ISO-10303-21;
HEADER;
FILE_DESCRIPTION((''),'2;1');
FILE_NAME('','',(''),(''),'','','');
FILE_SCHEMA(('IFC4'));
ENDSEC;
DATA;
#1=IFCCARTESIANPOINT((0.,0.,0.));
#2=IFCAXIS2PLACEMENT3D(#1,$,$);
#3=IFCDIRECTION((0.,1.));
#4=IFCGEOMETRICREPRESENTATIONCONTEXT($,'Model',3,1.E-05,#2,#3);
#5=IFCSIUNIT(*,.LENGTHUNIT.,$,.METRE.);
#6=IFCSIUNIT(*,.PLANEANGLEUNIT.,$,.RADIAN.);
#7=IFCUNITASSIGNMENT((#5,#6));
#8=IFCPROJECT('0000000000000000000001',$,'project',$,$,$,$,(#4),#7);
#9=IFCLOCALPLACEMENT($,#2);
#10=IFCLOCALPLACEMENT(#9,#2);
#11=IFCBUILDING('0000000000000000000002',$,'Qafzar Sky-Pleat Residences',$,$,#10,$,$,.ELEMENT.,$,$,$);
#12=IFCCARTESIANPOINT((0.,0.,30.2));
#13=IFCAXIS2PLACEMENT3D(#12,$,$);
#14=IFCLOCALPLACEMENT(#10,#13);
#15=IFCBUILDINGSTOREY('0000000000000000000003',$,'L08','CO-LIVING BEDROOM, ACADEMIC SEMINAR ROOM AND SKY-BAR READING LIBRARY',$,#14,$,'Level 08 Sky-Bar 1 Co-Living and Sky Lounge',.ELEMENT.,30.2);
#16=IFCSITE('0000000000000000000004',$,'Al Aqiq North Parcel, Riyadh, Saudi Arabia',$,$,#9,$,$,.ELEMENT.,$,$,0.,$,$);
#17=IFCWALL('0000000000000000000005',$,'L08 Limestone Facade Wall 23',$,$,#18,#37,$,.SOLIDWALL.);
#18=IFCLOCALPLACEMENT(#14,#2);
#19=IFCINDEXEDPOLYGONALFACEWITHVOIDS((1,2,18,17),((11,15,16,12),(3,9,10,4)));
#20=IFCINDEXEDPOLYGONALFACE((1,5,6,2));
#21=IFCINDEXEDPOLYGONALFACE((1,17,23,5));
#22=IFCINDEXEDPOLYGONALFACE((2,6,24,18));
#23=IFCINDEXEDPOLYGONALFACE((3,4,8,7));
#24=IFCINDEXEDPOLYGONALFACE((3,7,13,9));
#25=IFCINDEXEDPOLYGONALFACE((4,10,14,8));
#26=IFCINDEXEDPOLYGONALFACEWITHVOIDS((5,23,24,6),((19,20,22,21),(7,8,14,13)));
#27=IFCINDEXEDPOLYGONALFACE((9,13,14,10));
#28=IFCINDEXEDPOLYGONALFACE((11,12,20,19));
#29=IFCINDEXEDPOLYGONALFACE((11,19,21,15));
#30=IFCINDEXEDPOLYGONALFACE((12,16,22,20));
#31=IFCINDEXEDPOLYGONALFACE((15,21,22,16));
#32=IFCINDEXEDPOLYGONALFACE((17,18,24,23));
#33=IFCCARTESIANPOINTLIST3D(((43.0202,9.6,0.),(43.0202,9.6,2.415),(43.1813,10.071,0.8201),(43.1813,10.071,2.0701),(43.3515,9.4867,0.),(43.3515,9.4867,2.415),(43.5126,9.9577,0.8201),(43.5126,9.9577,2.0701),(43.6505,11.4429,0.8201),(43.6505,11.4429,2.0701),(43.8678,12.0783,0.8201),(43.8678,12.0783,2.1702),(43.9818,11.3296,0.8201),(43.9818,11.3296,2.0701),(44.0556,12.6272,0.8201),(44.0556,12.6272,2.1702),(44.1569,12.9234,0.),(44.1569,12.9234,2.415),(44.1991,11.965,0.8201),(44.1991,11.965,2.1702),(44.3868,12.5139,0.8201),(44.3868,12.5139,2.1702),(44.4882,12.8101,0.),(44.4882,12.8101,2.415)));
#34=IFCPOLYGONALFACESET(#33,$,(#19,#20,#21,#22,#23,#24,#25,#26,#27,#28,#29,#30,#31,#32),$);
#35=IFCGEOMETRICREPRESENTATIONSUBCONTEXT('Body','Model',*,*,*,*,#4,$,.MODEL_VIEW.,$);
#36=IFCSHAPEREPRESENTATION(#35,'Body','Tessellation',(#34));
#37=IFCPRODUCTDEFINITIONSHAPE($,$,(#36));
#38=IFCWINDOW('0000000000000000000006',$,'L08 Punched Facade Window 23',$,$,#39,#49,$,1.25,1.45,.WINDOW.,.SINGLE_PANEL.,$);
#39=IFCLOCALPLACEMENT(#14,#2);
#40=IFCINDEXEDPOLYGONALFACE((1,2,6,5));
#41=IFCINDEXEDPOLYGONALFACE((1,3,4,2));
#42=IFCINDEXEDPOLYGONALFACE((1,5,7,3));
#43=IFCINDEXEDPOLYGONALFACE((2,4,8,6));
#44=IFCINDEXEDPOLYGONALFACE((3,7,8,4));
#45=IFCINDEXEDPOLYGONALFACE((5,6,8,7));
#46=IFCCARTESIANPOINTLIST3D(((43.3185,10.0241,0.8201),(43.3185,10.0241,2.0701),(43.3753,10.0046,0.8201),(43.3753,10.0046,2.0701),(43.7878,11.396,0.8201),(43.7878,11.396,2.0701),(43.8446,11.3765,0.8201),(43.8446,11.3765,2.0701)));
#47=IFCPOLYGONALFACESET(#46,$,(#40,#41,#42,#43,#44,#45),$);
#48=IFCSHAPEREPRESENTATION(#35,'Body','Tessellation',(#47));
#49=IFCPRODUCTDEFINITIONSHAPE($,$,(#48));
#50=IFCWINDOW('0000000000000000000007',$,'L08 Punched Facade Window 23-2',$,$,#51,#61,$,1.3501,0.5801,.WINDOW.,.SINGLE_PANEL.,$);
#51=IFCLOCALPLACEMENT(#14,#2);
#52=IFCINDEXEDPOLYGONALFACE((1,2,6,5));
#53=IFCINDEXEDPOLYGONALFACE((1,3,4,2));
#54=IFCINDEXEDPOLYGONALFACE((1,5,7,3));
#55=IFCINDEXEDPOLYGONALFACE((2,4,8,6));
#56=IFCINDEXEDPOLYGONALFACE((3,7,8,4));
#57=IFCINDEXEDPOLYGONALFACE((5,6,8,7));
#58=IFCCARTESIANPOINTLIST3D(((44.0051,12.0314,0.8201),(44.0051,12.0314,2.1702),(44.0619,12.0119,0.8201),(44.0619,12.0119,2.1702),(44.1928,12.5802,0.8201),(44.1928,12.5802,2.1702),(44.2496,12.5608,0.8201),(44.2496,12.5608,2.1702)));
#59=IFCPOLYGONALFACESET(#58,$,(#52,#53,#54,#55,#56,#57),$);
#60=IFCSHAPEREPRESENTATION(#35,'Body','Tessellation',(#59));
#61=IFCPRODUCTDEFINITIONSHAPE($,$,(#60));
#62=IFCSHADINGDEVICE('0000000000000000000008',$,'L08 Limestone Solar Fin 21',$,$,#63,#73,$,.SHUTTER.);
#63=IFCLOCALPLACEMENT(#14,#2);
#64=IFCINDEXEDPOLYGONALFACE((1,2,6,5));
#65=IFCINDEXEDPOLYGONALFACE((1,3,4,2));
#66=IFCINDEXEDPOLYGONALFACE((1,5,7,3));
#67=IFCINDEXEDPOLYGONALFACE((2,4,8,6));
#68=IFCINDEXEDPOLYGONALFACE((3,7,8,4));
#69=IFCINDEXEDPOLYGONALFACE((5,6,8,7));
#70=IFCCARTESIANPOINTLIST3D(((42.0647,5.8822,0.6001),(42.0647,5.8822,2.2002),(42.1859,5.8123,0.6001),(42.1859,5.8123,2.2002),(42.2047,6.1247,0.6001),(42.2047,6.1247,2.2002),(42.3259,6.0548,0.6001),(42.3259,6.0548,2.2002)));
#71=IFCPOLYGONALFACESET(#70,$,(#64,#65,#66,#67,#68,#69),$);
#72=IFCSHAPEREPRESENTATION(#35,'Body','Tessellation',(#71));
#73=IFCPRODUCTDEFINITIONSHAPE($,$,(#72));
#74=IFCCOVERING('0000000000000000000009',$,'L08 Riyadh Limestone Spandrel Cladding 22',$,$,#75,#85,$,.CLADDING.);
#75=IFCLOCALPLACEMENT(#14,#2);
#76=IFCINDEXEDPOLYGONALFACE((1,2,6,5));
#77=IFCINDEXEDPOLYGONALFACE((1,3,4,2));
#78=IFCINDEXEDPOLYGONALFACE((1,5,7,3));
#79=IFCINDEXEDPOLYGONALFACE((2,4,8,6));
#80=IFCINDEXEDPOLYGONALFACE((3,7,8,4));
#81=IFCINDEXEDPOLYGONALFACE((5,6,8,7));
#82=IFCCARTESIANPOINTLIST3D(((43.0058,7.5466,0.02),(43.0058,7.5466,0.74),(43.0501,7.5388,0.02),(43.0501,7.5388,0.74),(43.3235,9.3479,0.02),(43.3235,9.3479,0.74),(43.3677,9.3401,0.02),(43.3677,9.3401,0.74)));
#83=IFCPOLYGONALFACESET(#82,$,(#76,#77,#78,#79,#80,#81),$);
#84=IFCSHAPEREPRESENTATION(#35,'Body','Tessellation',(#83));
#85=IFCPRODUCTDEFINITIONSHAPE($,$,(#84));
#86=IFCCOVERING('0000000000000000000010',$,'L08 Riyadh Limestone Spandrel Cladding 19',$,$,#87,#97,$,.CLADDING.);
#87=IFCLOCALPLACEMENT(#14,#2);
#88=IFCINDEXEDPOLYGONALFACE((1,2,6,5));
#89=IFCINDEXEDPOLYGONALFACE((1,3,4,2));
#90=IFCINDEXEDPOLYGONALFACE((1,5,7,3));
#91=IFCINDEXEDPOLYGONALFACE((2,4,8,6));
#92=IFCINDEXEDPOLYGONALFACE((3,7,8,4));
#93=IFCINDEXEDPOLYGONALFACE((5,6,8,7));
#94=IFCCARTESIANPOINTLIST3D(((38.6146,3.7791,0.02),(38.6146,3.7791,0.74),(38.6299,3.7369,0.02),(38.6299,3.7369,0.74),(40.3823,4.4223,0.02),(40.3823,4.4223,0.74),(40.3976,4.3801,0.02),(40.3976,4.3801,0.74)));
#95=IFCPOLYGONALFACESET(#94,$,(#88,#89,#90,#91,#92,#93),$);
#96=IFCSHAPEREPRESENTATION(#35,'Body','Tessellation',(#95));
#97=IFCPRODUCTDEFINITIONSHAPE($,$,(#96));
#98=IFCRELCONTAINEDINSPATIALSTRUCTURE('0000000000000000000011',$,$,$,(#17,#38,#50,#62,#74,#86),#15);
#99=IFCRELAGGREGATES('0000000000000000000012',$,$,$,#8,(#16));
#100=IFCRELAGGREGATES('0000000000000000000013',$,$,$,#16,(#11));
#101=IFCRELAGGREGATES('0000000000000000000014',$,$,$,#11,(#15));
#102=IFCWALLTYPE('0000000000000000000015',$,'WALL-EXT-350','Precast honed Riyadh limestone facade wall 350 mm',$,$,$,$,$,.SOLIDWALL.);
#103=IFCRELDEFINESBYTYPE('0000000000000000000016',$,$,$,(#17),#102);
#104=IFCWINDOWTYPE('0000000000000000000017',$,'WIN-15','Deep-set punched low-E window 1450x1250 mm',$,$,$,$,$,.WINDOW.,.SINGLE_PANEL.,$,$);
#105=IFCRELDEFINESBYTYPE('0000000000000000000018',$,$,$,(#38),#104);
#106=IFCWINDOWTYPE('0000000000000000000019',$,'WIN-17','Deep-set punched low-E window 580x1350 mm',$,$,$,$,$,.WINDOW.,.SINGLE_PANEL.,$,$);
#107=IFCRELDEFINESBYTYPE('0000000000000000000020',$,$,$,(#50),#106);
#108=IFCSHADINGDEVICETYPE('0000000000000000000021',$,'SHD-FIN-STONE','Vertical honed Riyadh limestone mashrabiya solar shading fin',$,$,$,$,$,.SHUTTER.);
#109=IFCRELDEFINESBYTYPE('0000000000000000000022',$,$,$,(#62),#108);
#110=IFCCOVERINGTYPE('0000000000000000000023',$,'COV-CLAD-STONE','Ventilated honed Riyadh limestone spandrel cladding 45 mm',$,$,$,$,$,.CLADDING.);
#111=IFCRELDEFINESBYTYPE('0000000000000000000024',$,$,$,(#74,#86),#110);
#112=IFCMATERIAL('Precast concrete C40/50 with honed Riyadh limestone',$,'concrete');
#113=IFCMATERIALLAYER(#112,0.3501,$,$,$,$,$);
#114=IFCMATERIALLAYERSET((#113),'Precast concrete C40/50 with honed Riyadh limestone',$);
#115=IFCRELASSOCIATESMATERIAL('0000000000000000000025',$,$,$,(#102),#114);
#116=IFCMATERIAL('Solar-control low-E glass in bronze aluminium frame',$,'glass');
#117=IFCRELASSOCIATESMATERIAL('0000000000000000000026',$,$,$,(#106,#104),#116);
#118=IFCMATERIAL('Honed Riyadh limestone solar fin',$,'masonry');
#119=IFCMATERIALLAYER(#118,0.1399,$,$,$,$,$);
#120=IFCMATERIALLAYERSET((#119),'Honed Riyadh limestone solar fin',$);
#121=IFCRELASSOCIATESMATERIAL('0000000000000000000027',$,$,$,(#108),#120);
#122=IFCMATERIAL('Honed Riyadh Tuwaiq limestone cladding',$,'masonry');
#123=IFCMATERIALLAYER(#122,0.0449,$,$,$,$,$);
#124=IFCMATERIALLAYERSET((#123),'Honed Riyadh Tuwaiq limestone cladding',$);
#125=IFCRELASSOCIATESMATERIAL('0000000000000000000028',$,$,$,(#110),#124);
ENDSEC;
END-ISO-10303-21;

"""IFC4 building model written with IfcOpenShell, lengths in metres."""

from ifc_helpers import new_model, si_unit, direction, frame, frame_2d, origin, origin_2d, place, context, subcontext, project, spatial, rectangle, extrude, source, transform, mapped, material, layer, layer_set, type_object, element, fill, save


model = new_model("IFC4")

# Units and contexts
model_context = context("Model", 3, precision=1e-05, world=origin(), true_north=direction((0.0, 1.0)))
body_context = subcontext(model_context, "Body", "Model", "MODEL_VIEW")
ifc_project = project(units=[si_unit("LENGTHUNIT", "METRE"), si_unit("PLANEANGLEUNIT", "RADIAN")], contexts=[model_context])

# Site, building, storey
site_placement = place(None, origin())
site = spatial("IfcSite", under=ifc_project, at=site_placement, Name="Al Aqiq North Parcel, Riyadh, Saudi Arabia", CompositionType="ELEMENT", RefElevation=0.0)
building_placement = place(site_placement, origin())
building = spatial("IfcBuilding", under=site, at=building_placement, Name="Qafzar Sky-Pleat Residences", CompositionType="ELEMENT")
storey_placement = place(building_placement, frame((0.0, 0.0, 30.2)))
storey = spatial("IfcBuildingStorey", under=building, at=storey_placement, Name="L08", Description="CO-LIVING BEDROOM, ACADEMIC SEMINAR ROOM AND SKY-BAR READING LIBRARY", LongName="Level 08 Sky-Bar 1 Co-Living and Sky Lounge", CompositionType="ELEMENT", Elevation=30.2)

# Shared definitions
ifc_material_1 = material(Name="Precast concrete C40/50 with honed Riyadh limestone", Category="concrete")
ifc_layer_1 = layer(ifc_material_1, 0.3501)
ifc_layer_set_1 = layer_set([ifc_layer_1], Name="Precast concrete C40/50 with honed Riyadh limestone")
wall_type_1 = type_object("IfcWallType", Name="WALL-EXT-350", Description="Precast honed Riyadh limestone facade wall 350 mm", PredefinedType="SOLIDWALL", material=ifc_layer_set_1)
ifc_material_2 = material(Name="Solar-control low-E glass in bronze aluminium frame", Category="glass")
window_type_1 = type_object("IfcWindowType", Name="WIN-17", Description="Deep-set punched low-E window 580x1350 mm", PartitioningType="SINGLE_PANEL", PredefinedType="WINDOW", material=ifc_material_2)
shared_shape_1 = source(origin(), body_context, "Body", "SweptSolid", [
    extrude(rectangle(XDim=0.5801, YDim=1.3501, at=frame_2d((0.29, 0.675))), frame((0.0, 0.03, 0.0), z_axis=(0.0, -1.0, 0.0), x_axis=(1.0, 0.0, 0.0)), (0.0, 0.0, 1.0), 0.0601),
])

# Wall, openings, windows
wall_1_placement = place(storey_placement, frame((43.1858, 9.5432, 0.0), z_axis=(0.0, 0.0, 1.0), x_axis=(0.323621, 0.946187, 0.0)))
wall_1 = element("IfcWall", 1, at=wall_1_placement, inside=storey, type_object=wall_type_1, Name="L08 Limestone Facade Wall 23", PredefinedType="SOLIDWALL", context=body_context, shape_type="SweptSolid", body=[
    extrude(rectangle(XDim=3.5125, YDim=0.3501, at=frame_2d((1.7563, 0.0))), origin(), (0.0, 0.0, 1.0), 2.415),
])
opening_1_placement = place(wall_1_placement, frame((0.4978, 0.0, 0.8201)))
opening_1 = element("IfcOpeningElement", 2, at=opening_1_placement, cuts=wall_1, PredefinedType="OPENING", context=body_context, shape_type="SweptSolid", body=[
    extrude(rectangle(XDim=1.45, YDim=1.25, at=frame_2d((0.7251, 0.625))), frame((0.0, 0.1851, 0.0), z_axis=(0.0, -1.0, 0.0), x_axis=(1.0, 0.0, 0.0)), (0.0, 0.0, 1.0), 0.3701),
])
opening_2_placement = place(wall_1_placement, frame((2.6194, 0.0, 0.8201)))
opening_2 = element("IfcOpeningElement", 3, at=opening_2_placement, cuts=wall_1, PredefinedType="OPENING", context=body_context, shape_type="SweptSolid", body=[
    extrude(rectangle(XDim=0.5801, YDim=1.3501, at=frame_2d((0.29, 0.675))), frame((0.0, 0.1851, 0.0), z_axis=(0.0, -1.0, 0.0), x_axis=(1.0, 0.0, 0.0)), (0.0, 0.0, 1.0), 0.3701),
])
window_type_2 = type_object("IfcWindowType", Name="WIN-15", Description="Deep-set punched low-E window 1450x1250 mm", PartitioningType="SINGLE_PANEL", PredefinedType="WINDOW", material=ifc_material_2)
shared_shape_2 = source(origin(), body_context, "Body", "SweptSolid", [
    extrude(rectangle(XDim=1.45, YDim=1.25, at=frame_2d((0.7251, 0.625))), frame((0.0, 0.03, 0.0), z_axis=(0.0, -1.0, 0.0), x_axis=(1.0, 0.0, 0.0)), (0.0, 0.0, 1.0), 0.0601),
])
window_1_placement = place(opening_1_placement, origin())
window_1 = element("IfcWindow", 4, at=window_1_placement, inside=storey, type_object=window_type_2, Name="L08 Punched Facade Window 23", OverallHeight=1.25, OverallWidth=1.45, PartitioningType="SINGLE_PANEL", PredefinedType="WINDOW", context=body_context, shape_type="MappedRepresentation", body=[
    mapped(shared_shape_2, transform((0.0, 0.0, 0.0), x_axis=(1.0, 0.0, 0.0), y_axis=(0.0, 1.0, 0.0), z_axis=(0.0, 0.0, 1.0), scale=1.0)),
])
fill(opening_1, window_1)
window_2_placement = place(opening_2_placement, origin())
window_2 = element("IfcWindow", 5, at=window_2_placement, inside=storey, type_object=window_type_1, Name="L08 Punched Facade Window 23-2", OverallHeight=1.3501, OverallWidth=0.5801, PartitioningType="SINGLE_PANEL", PredefinedType="WINDOW", context=body_context, shape_type="MappedRepresentation", body=[
    mapped(shared_shape_1, transform((0.0, 0.0, 0.0), x_axis=(1.0, 0.0, 0.0), y_axis=(0.0, 1.0, 0.0), z_axis=(0.0, 0.0, 1.0), scale=1.0)),
])
fill(opening_2, window_2)

# Shading device
ifc_material_3 = material(Name="Honed Riyadh limestone solar fin", Category="masonry")
ifc_layer_2 = layer(ifc_material_3, 0.1399)
ifc_layer_set_2 = layer_set([ifc_layer_2], Name="Honed Riyadh limestone solar fin")
shading_device_type = type_object("IfcShadingDeviceType", Name="SHD-FIN-STONE", Description="Vertical honed Riyadh limestone mashrabiya solar shading fin", PredefinedType="SHUTTER", material=ifc_layer_set_2)
shared_shape_3 = source(origin(), body_context, "Body", "SweptSolid", [
    extrude(rectangle(XDim=0.1399, YDim=0.28, at=origin_2d()), origin(), (0.0, 0.0, 1.0), 1.6001),
])
shading_device_placement = place(storey_placement, frame((42.1953, 5.9685, 0.6001), z_axis=(0.0, 0.0, 1.0), x_axis=(0.866044, -0.499967, 0.0)))
element("IfcShadingDevice", 6, at=shading_device_placement, inside=storey, type_object=shading_device_type, Name="L08 Limestone Solar Fin 21", PredefinedType="SHUTTER", context=body_context, shape_type="MappedRepresentation", body=[
    mapped(shared_shape_3, transform((0.0, 0.0, 0.0), x_axis=(1.0, 0.0, 0.0), y_axis=(0.0, 1.0, 0.0), z_axis=(0.0, 0.0, 1.0), scale=1.0)),
])

# Coverings
ifc_material_4 = material(Name="Honed Riyadh Tuwaiq limestone cladding", Category="masonry")
ifc_layer_3 = layer(ifc_material_4, 0.0449)
ifc_layer_set_3 = layer_set([ifc_layer_3], Name="Honed Riyadh Tuwaiq limestone cladding")
covering_type = type_object("IfcCoveringType", Name="COV-CLAD-STONE", Description="Ventilated honed Riyadh limestone spandrel cladding 45 mm", PredefinedType="CLADDING", material=ifc_layer_set_3)
shared_shape_4 = source(origin(), body_context, "Body", "SweptSolid", [
    extrude(rectangle(XDim=1.8291, YDim=0.0449, at=origin_2d()), origin(), (0.0, 0.0, 1.0), 0.72),
])
covering_1_placement = place(storey_placement, frame((43.1868, 8.4434, 0.02), z_axis=(0.0, 0.0, 1.0), x_axis=(0.173648, 0.984808, 0.0)))
element("IfcCovering", 7, at=covering_1_placement, inside=storey, type_object=covering_type, Name="L08 Riyadh Limestone Spandrel Cladding 22", PredefinedType="CLADDING", context=body_context, shape_type="MappedRepresentation", body=[
    mapped(shared_shape_4, transform((0.0, 0.0, 0.0), x_axis=(1.0, 0.0, 0.0), y_axis=(0.0, 1.0, 0.0), z_axis=(0.0, 0.0, 1.0), scale=1.0)),
])
shared_shape_5 = source(origin(), body_context, "Body", "SweptSolid", [
    extrude(rectangle(XDim=1.8811, YDim=0.0449, at=origin_2d()), origin(), (0.0, 0.0, 1.0), 0.72),
])
covering_2_placement = place(storey_placement, frame((39.5061, 4.0796, 0.02), z_axis=(0.0, 0.0, 1.0), x_axis=(0.939715, 0.341958, 0.0)))
element("IfcCovering", 8, at=covering_2_placement, inside=storey, type_object=covering_type, Name="L08 Riyadh Limestone Spandrel Cladding 19", PredefinedType="CLADDING", context=body_context, shape_type="MappedRepresentation", body=[
    mapped(shared_shape_5, transform((0.0, 0.0, 0.0), x_axis=(1.0, 0.0, 0.0), y_axis=(0.0, 1.0, 0.0), z_axis=(0.0, 0.0, 1.0), scale=1.0)),
])

save(model, "model.ifc")
